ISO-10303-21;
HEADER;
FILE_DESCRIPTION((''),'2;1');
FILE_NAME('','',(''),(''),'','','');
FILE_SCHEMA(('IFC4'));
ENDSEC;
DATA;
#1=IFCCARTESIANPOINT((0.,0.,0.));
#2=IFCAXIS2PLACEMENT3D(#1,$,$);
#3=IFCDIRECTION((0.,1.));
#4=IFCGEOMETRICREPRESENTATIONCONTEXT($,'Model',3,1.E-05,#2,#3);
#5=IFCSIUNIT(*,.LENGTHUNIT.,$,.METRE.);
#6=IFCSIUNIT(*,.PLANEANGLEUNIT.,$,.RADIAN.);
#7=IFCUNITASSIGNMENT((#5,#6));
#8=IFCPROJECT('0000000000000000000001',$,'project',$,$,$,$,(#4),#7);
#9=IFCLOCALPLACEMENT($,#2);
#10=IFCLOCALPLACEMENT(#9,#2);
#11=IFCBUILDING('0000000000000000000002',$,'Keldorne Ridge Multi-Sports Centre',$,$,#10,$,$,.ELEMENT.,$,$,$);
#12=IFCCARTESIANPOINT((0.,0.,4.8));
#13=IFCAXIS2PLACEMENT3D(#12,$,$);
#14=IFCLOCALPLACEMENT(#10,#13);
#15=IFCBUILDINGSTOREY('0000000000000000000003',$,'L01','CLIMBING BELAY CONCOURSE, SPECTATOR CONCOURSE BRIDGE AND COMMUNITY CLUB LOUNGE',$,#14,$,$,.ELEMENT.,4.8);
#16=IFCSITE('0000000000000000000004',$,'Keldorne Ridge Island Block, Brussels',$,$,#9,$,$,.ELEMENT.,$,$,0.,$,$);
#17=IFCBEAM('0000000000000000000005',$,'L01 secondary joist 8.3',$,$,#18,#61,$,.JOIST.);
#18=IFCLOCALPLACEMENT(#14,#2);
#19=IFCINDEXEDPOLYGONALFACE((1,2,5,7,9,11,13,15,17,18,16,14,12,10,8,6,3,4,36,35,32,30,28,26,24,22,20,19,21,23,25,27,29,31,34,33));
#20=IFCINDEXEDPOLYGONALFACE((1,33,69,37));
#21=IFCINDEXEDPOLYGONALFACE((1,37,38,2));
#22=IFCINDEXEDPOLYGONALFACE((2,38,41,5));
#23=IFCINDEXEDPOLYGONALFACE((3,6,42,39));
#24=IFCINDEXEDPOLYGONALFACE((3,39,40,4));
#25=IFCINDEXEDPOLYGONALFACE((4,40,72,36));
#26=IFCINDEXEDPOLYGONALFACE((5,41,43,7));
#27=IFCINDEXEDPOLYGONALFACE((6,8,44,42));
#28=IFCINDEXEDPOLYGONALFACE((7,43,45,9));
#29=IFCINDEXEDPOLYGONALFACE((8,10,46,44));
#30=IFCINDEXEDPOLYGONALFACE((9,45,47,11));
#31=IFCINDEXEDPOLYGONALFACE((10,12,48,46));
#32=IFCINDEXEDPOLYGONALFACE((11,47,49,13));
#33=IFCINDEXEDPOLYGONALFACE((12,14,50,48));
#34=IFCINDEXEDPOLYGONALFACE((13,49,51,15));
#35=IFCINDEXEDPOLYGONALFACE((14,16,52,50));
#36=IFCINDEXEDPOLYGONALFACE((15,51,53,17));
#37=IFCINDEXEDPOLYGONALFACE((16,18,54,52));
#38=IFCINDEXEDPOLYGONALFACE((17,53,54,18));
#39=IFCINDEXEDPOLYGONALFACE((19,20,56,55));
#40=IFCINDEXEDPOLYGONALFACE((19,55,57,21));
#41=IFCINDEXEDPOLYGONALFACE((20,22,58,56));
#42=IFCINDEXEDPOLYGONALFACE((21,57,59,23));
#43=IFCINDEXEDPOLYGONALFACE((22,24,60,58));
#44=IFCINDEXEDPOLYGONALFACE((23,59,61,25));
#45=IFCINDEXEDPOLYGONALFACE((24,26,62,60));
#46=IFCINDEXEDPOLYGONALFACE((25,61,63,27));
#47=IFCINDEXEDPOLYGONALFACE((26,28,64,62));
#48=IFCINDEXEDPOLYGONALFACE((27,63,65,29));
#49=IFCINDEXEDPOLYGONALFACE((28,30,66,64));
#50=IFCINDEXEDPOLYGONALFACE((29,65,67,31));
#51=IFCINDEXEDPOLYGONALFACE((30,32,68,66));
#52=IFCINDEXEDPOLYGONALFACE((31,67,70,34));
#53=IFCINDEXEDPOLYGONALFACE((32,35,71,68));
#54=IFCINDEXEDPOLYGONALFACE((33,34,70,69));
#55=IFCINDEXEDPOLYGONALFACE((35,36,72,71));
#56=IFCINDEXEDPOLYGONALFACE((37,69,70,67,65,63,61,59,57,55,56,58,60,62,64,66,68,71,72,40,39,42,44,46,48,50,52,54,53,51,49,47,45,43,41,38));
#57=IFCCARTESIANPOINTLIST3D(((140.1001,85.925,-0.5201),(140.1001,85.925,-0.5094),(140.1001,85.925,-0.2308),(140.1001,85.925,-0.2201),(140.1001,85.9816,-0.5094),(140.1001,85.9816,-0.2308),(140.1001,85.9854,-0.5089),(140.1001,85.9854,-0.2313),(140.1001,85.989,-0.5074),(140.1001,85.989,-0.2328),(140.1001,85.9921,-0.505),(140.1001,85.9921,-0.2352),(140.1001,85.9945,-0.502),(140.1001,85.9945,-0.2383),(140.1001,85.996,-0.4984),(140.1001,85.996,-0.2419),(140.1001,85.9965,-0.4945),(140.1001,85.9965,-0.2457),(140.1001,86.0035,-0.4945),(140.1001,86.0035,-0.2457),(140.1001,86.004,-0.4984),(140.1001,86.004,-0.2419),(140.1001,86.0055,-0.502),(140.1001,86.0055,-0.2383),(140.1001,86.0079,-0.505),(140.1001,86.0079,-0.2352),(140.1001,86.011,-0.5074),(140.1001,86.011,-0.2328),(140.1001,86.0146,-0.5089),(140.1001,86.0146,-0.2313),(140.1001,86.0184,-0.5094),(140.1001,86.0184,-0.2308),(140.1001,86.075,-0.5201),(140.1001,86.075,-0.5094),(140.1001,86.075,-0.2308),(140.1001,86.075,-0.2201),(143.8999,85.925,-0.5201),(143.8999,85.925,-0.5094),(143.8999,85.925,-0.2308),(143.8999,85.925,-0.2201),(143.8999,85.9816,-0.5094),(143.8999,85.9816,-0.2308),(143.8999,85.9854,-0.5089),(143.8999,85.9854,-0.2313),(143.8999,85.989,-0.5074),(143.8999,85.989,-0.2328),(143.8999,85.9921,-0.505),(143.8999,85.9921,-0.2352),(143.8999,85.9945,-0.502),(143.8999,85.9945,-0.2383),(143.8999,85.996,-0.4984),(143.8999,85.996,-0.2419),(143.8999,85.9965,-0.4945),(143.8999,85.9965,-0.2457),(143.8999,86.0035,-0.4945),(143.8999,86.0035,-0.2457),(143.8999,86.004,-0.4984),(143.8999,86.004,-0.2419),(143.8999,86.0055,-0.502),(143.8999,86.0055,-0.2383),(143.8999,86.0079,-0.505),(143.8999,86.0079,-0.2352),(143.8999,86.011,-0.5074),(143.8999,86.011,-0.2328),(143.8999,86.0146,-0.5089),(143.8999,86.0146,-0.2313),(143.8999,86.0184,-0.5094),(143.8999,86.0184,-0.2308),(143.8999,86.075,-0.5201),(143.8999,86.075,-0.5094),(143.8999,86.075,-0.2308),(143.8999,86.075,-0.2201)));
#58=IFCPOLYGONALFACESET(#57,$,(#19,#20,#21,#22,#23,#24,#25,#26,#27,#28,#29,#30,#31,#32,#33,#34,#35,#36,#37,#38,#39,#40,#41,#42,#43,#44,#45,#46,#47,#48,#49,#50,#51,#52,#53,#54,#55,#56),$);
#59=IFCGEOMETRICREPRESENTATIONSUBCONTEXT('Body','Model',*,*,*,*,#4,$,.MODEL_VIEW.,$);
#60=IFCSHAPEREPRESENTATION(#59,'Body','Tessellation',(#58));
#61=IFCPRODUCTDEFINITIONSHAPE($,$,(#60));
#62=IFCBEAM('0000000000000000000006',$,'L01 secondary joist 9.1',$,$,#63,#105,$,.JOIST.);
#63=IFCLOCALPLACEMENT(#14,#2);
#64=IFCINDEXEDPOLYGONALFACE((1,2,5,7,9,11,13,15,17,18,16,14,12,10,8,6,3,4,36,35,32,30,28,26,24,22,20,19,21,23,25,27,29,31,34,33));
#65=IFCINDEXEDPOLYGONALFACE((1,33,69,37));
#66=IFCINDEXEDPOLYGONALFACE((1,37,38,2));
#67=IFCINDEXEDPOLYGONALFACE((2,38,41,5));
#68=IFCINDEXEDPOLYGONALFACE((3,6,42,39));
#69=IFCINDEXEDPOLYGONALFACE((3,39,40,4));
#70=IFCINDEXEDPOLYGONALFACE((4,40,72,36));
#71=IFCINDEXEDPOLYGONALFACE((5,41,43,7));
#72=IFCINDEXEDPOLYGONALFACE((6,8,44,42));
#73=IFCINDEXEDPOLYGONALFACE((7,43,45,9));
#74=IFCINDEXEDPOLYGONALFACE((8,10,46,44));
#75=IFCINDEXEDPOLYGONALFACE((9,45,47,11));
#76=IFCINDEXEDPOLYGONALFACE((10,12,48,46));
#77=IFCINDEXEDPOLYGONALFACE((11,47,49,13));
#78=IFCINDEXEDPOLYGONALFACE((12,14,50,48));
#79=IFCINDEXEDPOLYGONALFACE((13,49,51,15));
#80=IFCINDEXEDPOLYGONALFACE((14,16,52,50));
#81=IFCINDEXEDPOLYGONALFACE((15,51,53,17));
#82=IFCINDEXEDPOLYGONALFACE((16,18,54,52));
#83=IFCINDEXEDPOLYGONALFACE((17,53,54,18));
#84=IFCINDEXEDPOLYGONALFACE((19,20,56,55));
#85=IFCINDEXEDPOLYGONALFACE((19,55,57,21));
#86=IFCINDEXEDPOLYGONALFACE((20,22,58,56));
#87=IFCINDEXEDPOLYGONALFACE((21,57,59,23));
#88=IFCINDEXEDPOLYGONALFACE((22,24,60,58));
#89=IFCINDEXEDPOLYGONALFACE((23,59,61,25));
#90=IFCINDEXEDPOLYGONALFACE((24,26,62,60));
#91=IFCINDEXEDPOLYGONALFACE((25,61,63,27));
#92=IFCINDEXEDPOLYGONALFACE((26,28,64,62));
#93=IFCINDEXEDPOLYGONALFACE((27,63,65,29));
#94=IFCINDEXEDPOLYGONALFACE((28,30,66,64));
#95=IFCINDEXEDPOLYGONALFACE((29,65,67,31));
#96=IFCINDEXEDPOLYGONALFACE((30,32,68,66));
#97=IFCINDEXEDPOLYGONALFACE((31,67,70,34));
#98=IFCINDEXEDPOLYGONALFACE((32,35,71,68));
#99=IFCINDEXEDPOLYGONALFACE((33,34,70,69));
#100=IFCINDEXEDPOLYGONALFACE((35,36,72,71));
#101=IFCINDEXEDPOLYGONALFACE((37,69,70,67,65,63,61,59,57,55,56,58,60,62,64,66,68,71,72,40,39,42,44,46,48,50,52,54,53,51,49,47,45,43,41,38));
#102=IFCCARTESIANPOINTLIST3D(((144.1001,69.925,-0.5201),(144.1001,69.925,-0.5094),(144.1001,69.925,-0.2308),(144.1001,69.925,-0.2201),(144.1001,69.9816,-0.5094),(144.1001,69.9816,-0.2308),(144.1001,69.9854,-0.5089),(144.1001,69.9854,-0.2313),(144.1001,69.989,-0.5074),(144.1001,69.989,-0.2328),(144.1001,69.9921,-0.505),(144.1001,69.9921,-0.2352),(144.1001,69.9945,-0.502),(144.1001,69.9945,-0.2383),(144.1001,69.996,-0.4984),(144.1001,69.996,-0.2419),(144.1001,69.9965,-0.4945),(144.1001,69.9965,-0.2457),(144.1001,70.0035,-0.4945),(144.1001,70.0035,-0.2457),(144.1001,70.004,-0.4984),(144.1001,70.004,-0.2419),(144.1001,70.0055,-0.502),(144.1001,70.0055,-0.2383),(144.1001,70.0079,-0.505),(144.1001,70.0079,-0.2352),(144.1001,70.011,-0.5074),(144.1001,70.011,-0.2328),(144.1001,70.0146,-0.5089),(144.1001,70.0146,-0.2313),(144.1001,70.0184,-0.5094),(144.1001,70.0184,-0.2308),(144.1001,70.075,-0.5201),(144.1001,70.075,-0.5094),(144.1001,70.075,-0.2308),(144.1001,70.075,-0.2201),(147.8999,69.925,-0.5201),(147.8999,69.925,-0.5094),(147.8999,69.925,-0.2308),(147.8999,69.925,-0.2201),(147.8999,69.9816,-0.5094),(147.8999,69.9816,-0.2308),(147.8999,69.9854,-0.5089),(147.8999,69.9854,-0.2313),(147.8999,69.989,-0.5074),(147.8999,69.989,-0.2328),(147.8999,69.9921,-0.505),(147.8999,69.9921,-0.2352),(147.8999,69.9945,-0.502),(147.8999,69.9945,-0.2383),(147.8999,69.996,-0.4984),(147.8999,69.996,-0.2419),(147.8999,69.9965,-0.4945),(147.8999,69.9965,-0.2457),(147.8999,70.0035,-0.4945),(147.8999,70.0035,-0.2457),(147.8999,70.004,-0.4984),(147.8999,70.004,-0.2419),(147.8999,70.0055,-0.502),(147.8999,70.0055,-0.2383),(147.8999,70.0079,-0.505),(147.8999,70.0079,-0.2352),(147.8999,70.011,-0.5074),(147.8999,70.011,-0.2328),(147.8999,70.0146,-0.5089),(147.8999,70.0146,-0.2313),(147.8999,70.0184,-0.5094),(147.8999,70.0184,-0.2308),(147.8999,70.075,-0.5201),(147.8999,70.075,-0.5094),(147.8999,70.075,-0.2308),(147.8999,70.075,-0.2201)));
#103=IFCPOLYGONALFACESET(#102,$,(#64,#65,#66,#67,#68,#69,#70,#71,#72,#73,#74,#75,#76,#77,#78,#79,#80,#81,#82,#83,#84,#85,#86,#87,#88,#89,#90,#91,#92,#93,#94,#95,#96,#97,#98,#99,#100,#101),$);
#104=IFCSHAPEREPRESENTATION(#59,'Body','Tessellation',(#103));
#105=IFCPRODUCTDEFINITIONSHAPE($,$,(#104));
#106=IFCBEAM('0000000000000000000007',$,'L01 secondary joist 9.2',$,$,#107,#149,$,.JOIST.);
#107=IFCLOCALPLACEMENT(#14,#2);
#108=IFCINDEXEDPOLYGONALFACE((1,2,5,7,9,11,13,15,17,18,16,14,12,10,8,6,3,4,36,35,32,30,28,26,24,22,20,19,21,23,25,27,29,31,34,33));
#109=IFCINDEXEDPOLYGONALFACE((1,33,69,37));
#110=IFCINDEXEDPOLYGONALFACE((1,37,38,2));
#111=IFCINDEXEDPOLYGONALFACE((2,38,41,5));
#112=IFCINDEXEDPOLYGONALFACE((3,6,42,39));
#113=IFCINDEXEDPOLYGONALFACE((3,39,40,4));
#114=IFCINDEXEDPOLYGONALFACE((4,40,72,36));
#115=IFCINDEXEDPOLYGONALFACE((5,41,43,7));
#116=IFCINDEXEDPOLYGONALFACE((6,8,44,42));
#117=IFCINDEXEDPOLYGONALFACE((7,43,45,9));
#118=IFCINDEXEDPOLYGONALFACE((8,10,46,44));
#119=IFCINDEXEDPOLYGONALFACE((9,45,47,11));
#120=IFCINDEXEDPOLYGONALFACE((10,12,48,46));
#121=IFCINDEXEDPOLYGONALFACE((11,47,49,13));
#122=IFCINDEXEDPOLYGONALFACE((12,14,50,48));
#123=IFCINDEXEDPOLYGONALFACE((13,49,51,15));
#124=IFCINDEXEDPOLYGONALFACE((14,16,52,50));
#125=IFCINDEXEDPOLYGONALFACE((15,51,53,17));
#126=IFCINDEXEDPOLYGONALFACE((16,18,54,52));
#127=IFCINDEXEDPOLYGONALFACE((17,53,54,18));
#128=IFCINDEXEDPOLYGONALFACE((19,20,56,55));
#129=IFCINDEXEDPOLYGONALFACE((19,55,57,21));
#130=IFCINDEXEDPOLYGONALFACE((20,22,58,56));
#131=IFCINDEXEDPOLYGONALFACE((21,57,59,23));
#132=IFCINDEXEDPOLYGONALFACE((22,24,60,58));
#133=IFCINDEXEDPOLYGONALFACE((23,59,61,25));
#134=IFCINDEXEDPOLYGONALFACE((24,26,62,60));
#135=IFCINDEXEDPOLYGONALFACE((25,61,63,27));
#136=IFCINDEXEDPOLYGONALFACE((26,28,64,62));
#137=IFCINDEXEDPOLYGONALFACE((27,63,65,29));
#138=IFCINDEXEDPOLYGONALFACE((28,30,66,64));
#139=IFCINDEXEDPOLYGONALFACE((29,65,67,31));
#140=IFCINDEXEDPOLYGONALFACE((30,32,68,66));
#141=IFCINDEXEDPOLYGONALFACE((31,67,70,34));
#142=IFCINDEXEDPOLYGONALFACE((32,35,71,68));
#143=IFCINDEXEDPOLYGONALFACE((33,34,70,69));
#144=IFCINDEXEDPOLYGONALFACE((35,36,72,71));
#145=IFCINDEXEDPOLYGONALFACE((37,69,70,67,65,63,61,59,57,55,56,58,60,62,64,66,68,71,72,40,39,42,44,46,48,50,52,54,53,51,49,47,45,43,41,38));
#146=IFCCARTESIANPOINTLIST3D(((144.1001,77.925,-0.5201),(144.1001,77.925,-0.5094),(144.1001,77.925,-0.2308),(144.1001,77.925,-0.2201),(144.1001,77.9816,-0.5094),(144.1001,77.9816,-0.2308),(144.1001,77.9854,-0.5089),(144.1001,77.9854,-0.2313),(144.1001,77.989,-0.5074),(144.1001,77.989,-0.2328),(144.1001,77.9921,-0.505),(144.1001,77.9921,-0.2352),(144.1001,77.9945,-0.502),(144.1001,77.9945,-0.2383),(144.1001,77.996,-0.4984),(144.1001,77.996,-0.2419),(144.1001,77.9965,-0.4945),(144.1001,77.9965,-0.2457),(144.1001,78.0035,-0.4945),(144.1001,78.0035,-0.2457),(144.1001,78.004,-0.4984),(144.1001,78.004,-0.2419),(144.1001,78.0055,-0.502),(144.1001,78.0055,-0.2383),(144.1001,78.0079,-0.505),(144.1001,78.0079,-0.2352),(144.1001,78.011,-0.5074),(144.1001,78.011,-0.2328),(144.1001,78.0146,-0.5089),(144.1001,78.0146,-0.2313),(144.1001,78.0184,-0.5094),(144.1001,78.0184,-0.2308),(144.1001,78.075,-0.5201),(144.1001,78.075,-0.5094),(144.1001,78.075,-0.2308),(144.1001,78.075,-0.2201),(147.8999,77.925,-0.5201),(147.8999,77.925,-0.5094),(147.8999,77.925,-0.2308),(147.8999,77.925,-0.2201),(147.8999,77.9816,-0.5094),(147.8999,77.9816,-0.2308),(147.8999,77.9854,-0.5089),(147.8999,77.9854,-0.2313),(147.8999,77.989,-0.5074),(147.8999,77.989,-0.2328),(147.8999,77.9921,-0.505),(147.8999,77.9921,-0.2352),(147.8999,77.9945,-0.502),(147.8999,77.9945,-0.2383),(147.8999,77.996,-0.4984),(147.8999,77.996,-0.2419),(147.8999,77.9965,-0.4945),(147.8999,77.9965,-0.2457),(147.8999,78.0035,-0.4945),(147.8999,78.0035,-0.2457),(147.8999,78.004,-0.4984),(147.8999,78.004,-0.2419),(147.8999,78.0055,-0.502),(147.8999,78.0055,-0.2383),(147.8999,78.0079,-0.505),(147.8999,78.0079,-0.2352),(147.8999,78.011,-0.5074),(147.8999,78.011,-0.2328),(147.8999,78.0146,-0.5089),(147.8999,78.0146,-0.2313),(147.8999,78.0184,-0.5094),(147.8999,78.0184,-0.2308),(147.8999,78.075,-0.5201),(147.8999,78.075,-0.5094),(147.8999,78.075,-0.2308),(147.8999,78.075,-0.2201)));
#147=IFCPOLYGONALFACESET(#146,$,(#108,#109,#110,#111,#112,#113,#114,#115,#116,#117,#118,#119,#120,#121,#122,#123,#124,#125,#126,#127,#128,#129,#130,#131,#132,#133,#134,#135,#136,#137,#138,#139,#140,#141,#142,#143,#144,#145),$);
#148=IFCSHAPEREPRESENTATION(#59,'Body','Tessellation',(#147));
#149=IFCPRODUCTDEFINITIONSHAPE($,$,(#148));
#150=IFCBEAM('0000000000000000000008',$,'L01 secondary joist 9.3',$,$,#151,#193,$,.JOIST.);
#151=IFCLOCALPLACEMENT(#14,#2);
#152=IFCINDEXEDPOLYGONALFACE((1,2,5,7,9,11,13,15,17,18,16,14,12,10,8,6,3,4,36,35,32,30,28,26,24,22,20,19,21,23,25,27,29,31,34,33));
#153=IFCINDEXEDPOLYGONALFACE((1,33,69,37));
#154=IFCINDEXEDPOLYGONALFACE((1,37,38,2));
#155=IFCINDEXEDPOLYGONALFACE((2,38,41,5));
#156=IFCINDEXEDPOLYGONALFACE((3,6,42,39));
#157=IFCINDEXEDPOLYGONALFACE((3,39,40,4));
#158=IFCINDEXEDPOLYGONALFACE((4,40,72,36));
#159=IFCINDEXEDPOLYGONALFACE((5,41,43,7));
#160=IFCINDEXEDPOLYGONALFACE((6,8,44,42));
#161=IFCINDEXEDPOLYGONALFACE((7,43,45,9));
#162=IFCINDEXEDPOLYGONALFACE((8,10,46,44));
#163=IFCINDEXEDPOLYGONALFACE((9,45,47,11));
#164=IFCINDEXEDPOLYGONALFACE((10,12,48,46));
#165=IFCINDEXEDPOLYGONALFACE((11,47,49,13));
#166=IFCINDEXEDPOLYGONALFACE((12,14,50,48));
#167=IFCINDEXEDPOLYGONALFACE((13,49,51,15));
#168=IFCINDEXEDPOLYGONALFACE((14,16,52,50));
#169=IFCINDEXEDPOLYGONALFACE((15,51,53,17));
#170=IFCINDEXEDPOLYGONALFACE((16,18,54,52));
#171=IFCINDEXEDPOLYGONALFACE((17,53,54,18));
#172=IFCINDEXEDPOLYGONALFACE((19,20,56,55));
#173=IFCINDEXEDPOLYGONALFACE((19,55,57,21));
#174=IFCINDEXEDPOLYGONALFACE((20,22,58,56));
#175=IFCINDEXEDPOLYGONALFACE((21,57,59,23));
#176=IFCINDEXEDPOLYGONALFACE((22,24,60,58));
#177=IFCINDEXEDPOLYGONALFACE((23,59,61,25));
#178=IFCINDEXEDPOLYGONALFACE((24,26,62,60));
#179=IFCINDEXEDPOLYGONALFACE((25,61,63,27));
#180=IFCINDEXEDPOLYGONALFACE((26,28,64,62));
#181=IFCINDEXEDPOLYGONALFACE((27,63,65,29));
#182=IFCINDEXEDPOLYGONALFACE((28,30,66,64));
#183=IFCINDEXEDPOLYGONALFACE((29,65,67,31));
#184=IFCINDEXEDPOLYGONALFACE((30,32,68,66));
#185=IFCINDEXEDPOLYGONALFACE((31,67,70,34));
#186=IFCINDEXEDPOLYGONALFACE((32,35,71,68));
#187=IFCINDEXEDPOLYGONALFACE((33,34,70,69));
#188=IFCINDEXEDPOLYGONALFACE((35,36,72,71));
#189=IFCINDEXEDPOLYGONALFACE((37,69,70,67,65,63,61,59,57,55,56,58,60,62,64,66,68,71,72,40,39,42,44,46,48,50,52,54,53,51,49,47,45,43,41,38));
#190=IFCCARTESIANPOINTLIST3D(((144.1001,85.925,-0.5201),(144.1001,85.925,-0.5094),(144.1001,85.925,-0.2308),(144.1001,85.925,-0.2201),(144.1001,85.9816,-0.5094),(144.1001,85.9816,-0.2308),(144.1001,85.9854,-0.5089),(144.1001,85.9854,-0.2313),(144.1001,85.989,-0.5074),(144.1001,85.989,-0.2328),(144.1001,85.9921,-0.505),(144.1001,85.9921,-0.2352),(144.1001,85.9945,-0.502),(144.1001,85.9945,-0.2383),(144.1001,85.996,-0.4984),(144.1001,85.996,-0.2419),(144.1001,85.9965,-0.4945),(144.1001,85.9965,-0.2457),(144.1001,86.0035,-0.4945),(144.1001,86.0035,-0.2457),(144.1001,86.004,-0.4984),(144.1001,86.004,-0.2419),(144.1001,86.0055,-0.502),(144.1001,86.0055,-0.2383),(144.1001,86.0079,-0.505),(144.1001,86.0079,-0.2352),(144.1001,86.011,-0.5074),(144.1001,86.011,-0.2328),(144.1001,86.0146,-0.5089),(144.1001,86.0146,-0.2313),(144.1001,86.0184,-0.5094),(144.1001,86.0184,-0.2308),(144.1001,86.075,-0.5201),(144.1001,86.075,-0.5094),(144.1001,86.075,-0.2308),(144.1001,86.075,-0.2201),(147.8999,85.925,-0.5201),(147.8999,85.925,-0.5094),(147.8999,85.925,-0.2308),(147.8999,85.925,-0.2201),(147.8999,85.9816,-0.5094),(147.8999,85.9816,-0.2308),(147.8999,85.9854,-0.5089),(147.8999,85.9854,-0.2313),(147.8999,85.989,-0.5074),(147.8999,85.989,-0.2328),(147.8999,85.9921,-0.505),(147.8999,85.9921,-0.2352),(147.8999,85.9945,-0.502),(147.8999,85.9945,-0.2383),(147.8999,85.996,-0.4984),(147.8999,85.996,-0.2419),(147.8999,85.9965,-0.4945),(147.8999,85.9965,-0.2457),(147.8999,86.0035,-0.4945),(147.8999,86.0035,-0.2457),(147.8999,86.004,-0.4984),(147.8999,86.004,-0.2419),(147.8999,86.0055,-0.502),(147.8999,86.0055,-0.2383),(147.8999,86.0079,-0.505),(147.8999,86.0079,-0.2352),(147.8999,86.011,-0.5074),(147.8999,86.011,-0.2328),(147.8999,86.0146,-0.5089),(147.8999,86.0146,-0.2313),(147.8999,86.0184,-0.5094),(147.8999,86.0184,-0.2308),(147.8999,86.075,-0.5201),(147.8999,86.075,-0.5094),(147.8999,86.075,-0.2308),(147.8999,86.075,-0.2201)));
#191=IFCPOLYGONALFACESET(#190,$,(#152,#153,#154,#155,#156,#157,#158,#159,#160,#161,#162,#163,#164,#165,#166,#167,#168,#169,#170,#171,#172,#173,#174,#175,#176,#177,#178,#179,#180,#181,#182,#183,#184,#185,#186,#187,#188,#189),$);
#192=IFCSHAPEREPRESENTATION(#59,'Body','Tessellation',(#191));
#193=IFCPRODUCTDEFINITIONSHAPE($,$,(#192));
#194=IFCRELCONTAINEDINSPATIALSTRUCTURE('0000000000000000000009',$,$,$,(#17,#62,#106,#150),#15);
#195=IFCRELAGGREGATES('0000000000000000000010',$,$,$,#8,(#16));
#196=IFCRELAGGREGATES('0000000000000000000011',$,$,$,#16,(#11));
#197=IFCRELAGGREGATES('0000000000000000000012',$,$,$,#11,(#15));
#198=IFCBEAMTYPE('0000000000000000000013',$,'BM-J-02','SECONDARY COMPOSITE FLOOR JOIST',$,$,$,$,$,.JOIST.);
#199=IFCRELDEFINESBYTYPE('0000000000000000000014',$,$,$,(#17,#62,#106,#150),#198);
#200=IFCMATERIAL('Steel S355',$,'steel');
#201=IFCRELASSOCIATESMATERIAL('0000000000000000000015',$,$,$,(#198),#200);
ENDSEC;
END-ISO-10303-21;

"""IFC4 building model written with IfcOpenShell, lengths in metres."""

from ifc_helpers import new_model, si_unit, direction, frame, origin, origin_2d, place, context, subcontext, project, spatial, i_section, extrude, material, material_profile, profile_set, type_object, element, save


model = new_model("IFC4")

# Units and contexts
model_context = context("Model", 3, precision=1e-05, world=origin(), true_north=direction((0.0, 1.0)))
body_context = subcontext(model_context, "Body", "Model", "MODEL_VIEW")
ifc_project = project(units=[si_unit("LENGTHUNIT", "METRE"), si_unit("PLANEANGLEUNIT", "RADIAN")], contexts=[model_context])

# Site, building, storey
site_placement = place(None, origin())
site = spatial("IfcSite", under=ifc_project, at=site_placement, Name="Keldorne Ridge Island Block, Brussels", CompositionType="ELEMENT", RefElevation=0.0)
building_placement = place(site_placement, origin())
building = spatial("IfcBuilding", under=site, at=building_placement, Name="Keldorne Ridge Multi-Sports Centre", CompositionType="ELEMENT")
storey_placement = place(building_placement, frame((0.0, 0.0, 4.8)))
storey = spatial("IfcBuildingStorey", under=building, at=storey_placement, Name="L01", Description="CLIMBING BELAY CONCOURSE, SPECTATOR CONCOURSE BRIDGE AND COMMUNITY CLUB LOUNGE", CompositionType="ELEMENT", Elevation=4.8)

# Shared definitions
ifc_material_1 = material(Name="Steel S355", Category="steel")

# Beams
ifc_material_profile_1 = material_profile(ifc_material_1, i_section(OverallWidth=0.1499, OverallDepth=0.3, WebThickness=0.0071, FlangeThickness=0.0107, FilletRadius=0.0149, at=origin_2d()), Name="IPE 300")
ifc_profile_set_1 = profile_set([ifc_material_profile_1], Name="Steel S355")
beam_type_1 = type_object("IfcBeamType", Name="BM-J-02", Description="SECONDARY COMPOSITE FLOOR JOIST", PredefinedType="JOIST", material=ifc_profile_set_1)
for number, where, z_axis, x_axis, name in (
    (1, (140.1001, 86.0, -0.3701), (1.0, 0.0, 0.0), (0.0, 1.0, 0.0), "L01 secondary joist 8.3"),
    (2, (144.1001, 70.0, -0.3701), (1.0, 0.0, 0.0), (0.0, 1.0, 0.0), "L01 secondary joist 9.1"),
    (3, (144.1001, 78.0, -0.3701), (1.0, 0.0, 0.0), (0.0, 1.0, 0.0), "L01 secondary joist 9.2"),
    (4, (144.1001, 86.0, -0.3701), (1.0, 0.0, 0.0), (0.0, 1.0, 0.0), "L01 secondary joist 9.3"),
):
    element("IfcBeam", number, at=place(storey_placement, frame(where, z_axis=z_axis, x_axis=x_axis)), inside=storey, type_object=beam_type_1, Name=name, PredefinedType="JOIST", context=body_context, shape_type="SweptSolid", body=[
        extrude(i_section(OverallWidth=0.1499, OverallDepth=0.3, WebThickness=0.0071, FlangeThickness=0.0107, FilletRadius=0.0149, at=origin_2d()), origin(), (0.0, 0.0, 1.0), 3.7998),
    ])

save(model, "model.ifc")
